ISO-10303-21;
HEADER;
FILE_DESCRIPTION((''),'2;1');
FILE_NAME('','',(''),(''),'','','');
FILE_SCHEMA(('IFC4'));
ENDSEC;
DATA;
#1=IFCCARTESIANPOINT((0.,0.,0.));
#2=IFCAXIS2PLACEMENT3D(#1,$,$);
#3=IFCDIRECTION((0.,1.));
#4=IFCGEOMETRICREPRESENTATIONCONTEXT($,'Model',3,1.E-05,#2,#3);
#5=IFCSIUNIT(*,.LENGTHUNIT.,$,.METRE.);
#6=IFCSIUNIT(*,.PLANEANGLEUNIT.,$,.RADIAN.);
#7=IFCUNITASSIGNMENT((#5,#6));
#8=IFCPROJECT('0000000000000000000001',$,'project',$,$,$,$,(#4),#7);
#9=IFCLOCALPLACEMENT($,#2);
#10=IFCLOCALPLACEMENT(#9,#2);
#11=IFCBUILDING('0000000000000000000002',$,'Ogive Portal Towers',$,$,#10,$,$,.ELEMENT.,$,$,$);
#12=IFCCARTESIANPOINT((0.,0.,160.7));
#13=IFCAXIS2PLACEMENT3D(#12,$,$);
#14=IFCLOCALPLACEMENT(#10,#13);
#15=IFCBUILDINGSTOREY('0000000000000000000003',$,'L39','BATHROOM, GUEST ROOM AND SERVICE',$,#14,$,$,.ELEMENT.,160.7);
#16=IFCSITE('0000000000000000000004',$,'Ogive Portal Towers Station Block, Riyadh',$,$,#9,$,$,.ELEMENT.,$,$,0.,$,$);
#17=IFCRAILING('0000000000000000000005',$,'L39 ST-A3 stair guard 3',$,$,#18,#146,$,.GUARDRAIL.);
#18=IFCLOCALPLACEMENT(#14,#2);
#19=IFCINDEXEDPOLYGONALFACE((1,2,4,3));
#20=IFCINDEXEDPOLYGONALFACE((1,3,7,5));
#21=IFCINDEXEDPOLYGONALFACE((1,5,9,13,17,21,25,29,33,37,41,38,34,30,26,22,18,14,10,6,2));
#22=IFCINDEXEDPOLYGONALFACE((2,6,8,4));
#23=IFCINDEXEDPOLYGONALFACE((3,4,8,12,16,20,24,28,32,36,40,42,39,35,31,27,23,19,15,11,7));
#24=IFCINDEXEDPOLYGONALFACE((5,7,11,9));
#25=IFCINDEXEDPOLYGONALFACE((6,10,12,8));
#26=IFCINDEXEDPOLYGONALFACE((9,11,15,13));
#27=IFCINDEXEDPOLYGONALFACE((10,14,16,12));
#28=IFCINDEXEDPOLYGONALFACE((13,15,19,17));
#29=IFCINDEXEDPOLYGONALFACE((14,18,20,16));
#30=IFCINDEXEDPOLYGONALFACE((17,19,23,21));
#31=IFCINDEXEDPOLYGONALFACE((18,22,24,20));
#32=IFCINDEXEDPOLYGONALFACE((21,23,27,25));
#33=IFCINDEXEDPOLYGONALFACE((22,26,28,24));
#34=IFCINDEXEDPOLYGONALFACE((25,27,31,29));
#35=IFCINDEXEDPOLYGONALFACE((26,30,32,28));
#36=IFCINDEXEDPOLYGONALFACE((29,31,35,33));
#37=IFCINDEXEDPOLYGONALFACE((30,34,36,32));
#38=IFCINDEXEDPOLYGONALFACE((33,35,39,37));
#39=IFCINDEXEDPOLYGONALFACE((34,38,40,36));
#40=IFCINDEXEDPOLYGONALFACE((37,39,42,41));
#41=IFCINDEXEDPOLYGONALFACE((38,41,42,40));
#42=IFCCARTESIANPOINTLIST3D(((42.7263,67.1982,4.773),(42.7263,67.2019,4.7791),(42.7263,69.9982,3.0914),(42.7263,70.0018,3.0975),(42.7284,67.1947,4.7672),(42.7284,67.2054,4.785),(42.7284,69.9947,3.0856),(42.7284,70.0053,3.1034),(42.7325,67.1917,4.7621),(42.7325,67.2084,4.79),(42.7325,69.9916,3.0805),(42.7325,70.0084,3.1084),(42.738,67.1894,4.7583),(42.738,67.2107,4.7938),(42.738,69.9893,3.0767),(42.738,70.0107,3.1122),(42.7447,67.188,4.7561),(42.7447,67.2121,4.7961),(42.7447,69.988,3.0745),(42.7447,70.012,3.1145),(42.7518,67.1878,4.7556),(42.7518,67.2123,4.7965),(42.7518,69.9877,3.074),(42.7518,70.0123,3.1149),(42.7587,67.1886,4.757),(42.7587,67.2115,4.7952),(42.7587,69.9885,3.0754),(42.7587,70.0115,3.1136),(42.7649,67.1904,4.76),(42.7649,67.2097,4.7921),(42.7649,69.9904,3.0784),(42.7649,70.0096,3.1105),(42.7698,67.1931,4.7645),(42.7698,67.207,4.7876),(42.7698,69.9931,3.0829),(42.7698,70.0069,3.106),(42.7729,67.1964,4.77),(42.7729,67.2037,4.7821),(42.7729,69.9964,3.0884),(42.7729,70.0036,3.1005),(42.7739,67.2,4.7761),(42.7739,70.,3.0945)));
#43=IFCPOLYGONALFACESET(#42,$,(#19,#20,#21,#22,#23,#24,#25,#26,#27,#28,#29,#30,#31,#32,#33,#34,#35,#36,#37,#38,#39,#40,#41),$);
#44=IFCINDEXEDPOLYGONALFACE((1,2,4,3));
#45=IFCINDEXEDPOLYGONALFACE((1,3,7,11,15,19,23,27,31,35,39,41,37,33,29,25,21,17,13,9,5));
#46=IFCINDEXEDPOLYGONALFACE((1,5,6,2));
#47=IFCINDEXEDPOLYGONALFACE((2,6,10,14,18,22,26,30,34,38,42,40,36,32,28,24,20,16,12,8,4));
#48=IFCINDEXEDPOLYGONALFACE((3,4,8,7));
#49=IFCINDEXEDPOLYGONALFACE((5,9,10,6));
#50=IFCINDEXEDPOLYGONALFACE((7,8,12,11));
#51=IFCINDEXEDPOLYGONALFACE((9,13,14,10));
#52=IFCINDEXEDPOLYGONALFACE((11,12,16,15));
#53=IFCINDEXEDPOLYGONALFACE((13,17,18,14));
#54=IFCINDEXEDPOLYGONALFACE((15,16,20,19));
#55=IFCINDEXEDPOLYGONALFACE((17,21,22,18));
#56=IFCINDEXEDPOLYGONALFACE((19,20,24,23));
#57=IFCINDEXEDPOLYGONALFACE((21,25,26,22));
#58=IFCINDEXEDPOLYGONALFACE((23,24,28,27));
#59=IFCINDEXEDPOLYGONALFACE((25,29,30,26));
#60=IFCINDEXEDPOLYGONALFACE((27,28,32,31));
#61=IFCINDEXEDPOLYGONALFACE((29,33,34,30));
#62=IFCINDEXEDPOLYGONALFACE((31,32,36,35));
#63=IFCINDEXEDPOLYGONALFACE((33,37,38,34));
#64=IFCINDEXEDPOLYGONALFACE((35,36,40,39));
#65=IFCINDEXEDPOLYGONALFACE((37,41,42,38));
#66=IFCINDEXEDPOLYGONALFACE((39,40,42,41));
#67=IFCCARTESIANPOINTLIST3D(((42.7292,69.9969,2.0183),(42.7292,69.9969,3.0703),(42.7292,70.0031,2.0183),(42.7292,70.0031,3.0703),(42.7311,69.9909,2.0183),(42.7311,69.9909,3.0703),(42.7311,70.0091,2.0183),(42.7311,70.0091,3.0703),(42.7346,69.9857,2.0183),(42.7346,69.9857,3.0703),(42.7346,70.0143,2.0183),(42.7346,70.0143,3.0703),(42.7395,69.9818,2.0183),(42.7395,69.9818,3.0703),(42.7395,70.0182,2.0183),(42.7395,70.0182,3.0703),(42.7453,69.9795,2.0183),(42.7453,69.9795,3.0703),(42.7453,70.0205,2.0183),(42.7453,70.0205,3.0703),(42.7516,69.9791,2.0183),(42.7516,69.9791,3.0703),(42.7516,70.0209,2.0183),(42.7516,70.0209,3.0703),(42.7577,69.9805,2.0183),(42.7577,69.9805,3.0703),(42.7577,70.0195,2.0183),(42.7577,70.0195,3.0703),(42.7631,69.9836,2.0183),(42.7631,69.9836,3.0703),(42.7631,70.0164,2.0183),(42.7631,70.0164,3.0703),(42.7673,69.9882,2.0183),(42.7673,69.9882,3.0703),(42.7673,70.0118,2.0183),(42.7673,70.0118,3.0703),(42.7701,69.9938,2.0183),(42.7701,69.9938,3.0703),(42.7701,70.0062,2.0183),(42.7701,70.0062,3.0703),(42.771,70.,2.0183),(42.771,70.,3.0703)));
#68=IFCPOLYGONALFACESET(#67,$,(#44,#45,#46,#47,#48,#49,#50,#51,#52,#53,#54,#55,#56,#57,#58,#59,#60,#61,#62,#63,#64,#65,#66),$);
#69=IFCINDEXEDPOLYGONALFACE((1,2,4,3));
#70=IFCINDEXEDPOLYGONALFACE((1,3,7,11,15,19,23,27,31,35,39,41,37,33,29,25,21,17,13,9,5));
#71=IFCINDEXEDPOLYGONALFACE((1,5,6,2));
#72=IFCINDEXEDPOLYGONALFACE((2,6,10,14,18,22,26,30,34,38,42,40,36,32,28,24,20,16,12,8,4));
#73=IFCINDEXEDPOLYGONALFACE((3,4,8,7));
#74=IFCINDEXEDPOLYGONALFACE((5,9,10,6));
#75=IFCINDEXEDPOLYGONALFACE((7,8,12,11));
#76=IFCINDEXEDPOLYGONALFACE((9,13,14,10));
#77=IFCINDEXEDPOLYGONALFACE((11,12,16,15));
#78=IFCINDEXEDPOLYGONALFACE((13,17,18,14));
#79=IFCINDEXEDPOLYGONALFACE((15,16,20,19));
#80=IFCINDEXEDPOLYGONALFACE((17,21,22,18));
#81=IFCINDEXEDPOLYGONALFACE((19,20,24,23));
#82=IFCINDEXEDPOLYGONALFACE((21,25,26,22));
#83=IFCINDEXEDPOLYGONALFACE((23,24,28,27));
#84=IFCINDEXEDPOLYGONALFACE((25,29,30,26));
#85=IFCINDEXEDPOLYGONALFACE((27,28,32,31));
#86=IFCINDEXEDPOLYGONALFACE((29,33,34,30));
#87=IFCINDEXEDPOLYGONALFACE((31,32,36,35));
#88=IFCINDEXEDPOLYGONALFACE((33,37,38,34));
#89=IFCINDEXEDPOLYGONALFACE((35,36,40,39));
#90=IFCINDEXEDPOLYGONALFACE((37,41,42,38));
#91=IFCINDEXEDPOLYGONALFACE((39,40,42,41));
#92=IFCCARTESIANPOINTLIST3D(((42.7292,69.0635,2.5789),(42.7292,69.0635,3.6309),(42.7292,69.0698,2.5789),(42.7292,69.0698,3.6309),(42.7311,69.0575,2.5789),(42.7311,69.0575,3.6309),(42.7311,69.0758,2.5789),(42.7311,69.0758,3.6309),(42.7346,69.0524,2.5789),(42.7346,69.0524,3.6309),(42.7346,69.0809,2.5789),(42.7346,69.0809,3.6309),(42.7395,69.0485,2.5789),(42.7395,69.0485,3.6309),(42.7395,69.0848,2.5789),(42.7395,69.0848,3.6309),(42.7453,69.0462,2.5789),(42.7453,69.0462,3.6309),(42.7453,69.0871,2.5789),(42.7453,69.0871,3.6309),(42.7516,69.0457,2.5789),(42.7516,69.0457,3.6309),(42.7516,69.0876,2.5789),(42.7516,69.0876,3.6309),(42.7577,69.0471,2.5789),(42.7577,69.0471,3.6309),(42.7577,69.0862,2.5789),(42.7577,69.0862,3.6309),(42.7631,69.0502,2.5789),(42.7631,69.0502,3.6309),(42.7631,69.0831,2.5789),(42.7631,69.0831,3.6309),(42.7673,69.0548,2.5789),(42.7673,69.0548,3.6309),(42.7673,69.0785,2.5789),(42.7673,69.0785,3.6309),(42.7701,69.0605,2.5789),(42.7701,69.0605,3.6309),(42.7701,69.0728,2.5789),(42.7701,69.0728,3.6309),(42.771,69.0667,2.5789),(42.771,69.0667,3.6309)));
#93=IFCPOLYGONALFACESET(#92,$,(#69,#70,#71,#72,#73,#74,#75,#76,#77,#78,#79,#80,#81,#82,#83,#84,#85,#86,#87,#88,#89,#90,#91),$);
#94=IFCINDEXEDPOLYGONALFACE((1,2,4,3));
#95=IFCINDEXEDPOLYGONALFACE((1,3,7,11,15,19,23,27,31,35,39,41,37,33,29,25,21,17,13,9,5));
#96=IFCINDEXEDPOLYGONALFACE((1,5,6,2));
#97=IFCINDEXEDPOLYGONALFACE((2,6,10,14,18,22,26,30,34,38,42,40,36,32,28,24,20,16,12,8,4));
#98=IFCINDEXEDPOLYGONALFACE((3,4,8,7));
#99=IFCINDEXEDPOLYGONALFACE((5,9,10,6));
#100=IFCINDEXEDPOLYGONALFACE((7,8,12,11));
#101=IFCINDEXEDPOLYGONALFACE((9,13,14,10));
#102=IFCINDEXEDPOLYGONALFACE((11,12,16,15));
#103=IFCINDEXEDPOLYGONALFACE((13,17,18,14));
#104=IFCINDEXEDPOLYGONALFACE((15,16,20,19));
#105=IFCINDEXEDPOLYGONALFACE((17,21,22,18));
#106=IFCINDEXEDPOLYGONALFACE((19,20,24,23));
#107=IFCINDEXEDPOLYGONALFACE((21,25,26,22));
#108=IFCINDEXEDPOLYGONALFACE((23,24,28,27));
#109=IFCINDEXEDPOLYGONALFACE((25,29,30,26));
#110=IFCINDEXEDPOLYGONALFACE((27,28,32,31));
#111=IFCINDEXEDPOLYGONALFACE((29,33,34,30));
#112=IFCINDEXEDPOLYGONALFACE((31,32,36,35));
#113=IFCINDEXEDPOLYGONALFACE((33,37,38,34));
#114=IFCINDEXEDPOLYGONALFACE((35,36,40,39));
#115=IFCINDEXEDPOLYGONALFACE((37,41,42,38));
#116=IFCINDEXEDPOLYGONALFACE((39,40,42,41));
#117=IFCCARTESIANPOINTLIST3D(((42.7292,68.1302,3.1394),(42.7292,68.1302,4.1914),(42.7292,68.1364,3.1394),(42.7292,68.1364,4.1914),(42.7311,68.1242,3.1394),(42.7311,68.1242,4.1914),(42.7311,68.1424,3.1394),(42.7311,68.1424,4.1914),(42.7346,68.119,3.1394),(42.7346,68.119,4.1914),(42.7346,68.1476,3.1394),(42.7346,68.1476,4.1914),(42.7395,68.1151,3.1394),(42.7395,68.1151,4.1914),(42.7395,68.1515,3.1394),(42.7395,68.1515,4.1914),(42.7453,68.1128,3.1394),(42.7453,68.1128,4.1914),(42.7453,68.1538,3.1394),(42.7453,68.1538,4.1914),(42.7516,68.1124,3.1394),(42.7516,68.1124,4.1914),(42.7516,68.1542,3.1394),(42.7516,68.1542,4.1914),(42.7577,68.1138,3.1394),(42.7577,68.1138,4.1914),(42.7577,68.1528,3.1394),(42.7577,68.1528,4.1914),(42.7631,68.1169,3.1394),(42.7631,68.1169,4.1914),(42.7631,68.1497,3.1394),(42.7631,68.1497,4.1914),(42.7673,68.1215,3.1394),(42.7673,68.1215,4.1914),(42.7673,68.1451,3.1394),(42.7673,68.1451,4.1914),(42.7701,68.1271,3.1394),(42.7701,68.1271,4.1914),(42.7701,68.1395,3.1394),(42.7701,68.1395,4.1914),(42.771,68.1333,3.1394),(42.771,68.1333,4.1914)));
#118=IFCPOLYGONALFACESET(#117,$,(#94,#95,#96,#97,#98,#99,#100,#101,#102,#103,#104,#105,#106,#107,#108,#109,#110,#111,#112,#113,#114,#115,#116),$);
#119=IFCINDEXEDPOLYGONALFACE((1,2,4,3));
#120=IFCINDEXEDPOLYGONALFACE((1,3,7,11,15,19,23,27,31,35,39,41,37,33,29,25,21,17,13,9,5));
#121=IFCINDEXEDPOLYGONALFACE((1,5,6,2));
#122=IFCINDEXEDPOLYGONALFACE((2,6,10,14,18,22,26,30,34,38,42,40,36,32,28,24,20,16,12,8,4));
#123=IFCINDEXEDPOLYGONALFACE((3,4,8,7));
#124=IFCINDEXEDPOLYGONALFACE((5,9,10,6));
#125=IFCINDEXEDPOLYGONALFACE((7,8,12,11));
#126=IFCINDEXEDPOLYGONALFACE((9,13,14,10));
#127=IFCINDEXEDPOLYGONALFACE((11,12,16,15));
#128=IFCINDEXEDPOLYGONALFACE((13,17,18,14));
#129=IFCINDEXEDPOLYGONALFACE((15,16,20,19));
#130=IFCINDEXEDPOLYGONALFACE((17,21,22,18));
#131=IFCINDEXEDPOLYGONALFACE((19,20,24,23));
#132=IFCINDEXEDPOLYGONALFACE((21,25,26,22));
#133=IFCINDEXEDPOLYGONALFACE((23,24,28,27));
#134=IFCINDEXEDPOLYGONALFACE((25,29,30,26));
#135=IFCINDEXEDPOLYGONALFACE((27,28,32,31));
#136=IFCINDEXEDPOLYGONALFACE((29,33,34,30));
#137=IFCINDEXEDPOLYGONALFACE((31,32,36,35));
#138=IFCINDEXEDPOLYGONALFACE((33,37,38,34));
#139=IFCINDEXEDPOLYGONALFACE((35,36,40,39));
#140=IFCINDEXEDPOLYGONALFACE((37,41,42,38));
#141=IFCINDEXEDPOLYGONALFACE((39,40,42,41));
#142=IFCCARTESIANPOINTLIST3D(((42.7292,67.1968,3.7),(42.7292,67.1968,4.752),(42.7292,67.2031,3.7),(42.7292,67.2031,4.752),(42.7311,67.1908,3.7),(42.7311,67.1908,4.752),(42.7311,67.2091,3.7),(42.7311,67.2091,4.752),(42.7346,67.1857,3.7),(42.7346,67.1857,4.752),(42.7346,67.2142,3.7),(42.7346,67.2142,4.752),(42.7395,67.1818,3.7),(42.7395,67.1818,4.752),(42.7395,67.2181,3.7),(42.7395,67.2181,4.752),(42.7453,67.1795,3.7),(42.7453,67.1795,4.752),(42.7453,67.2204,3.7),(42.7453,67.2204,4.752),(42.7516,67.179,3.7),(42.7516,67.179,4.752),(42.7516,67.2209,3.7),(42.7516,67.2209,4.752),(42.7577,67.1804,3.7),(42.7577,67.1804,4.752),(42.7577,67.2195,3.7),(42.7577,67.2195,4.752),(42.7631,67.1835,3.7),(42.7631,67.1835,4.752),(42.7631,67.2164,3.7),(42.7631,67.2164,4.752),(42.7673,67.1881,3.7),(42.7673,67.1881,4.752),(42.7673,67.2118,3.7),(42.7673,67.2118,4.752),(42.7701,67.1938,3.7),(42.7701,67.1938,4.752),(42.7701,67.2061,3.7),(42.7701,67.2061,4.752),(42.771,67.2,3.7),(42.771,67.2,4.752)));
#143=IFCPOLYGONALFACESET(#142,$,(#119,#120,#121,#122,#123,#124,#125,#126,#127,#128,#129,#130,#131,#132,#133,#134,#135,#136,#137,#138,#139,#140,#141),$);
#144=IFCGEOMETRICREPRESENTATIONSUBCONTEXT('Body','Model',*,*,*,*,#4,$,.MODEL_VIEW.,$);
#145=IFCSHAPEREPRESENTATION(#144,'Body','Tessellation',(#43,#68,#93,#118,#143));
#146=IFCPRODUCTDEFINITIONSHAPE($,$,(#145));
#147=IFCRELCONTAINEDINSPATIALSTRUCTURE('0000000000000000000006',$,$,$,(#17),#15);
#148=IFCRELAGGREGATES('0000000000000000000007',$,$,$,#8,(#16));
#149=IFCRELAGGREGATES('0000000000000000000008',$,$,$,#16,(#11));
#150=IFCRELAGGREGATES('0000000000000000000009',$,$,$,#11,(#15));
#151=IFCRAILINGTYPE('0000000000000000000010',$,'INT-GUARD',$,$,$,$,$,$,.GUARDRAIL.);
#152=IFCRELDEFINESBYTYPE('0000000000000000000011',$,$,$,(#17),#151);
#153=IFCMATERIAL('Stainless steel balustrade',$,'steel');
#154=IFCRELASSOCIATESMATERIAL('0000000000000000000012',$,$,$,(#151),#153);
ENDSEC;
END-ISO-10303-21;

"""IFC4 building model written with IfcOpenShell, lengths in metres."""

from ifc_helpers import new_model, si_unit, direction, frame, origin, origin_2d, place, context, subcontext, project, spatial, circle, extrude, material, type_object, element, save


model = new_model("IFC4")

# Units and contexts
model_context = context("Model", 3, precision=1e-05, world=origin(), true_north=direction((0.0, 1.0)))
body_context = subcontext(model_context, "Body", "Model", "MODEL_VIEW")
ifc_project = project(units=[si_unit("LENGTHUNIT", "METRE"), si_unit("PLANEANGLEUNIT", "RADIAN")], contexts=[model_context])

# Site, building, storey
site_placement = place(None, origin())
site = spatial("IfcSite", under=ifc_project, at=site_placement, Name="Ogive Portal Towers Station Block, Riyadh", CompositionType="ELEMENT", RefElevation=0.0)
building_placement = place(site_placement, origin())
building = spatial("IfcBuilding", under=site, at=building_placement, Name="Ogive Portal Towers", CompositionType="ELEMENT")
storey_placement = place(building_placement, frame((0.0, 0.0, 160.7)))
storey = spatial("IfcBuildingStorey", under=building, at=storey_placement, Name="L39", Description="BATHROOM, GUEST ROOM AND SERVICE", CompositionType="ELEMENT", Elevation=160.7)

# Railing
ifc_material_1 = material(Name="Stainless steel balustrade", Category="steel")
railing_type_1 = type_object("IfcRailingType", Name="INT-GUARD", PredefinedType="GUARDRAIL", material=ifc_material_1)
railing_1_placement = place(storey_placement, frame((42.75, 70.0, 2.0183)))
element("IfcRailing", 1, at=railing_1_placement, inside=storey, type_object=railing_type_1, Name="L39 ST-A3 stair guard 3", PredefinedType="GUARDRAIL", context=body_context, shape_type="SweptSolid", body=[
    extrude(circle(Radius=0.0239, at=origin_2d()), frame((0.0, 0.0, 1.0762), z_axis=(0.0, -0.857275, 0.514858), x_axis=(1.0, 0.0, 0.0)), (0.0, 0.0, 1.0), 3.2661),
    extrude(circle(Radius=0.021, at=origin_2d()), origin(), (0.0, 0.0, 1.0), 1.052),
    extrude(circle(Radius=0.021, at=origin_2d()), frame((0.0, -0.9333, 0.5605)), (0.0, 0.0, 1.0), 1.052),
    extrude(circle(Radius=0.021, at=origin_2d()), frame((0.0, -1.8667, 1.1211)), (0.0, 0.0, 1.0), 1.052),
    extrude(circle(Radius=0.021, at=origin_2d()), frame((0.0, -2.8, 1.6816)), (0.0, 0.0, 1.0), 1.052),
])

save(model, "model.ifc")
